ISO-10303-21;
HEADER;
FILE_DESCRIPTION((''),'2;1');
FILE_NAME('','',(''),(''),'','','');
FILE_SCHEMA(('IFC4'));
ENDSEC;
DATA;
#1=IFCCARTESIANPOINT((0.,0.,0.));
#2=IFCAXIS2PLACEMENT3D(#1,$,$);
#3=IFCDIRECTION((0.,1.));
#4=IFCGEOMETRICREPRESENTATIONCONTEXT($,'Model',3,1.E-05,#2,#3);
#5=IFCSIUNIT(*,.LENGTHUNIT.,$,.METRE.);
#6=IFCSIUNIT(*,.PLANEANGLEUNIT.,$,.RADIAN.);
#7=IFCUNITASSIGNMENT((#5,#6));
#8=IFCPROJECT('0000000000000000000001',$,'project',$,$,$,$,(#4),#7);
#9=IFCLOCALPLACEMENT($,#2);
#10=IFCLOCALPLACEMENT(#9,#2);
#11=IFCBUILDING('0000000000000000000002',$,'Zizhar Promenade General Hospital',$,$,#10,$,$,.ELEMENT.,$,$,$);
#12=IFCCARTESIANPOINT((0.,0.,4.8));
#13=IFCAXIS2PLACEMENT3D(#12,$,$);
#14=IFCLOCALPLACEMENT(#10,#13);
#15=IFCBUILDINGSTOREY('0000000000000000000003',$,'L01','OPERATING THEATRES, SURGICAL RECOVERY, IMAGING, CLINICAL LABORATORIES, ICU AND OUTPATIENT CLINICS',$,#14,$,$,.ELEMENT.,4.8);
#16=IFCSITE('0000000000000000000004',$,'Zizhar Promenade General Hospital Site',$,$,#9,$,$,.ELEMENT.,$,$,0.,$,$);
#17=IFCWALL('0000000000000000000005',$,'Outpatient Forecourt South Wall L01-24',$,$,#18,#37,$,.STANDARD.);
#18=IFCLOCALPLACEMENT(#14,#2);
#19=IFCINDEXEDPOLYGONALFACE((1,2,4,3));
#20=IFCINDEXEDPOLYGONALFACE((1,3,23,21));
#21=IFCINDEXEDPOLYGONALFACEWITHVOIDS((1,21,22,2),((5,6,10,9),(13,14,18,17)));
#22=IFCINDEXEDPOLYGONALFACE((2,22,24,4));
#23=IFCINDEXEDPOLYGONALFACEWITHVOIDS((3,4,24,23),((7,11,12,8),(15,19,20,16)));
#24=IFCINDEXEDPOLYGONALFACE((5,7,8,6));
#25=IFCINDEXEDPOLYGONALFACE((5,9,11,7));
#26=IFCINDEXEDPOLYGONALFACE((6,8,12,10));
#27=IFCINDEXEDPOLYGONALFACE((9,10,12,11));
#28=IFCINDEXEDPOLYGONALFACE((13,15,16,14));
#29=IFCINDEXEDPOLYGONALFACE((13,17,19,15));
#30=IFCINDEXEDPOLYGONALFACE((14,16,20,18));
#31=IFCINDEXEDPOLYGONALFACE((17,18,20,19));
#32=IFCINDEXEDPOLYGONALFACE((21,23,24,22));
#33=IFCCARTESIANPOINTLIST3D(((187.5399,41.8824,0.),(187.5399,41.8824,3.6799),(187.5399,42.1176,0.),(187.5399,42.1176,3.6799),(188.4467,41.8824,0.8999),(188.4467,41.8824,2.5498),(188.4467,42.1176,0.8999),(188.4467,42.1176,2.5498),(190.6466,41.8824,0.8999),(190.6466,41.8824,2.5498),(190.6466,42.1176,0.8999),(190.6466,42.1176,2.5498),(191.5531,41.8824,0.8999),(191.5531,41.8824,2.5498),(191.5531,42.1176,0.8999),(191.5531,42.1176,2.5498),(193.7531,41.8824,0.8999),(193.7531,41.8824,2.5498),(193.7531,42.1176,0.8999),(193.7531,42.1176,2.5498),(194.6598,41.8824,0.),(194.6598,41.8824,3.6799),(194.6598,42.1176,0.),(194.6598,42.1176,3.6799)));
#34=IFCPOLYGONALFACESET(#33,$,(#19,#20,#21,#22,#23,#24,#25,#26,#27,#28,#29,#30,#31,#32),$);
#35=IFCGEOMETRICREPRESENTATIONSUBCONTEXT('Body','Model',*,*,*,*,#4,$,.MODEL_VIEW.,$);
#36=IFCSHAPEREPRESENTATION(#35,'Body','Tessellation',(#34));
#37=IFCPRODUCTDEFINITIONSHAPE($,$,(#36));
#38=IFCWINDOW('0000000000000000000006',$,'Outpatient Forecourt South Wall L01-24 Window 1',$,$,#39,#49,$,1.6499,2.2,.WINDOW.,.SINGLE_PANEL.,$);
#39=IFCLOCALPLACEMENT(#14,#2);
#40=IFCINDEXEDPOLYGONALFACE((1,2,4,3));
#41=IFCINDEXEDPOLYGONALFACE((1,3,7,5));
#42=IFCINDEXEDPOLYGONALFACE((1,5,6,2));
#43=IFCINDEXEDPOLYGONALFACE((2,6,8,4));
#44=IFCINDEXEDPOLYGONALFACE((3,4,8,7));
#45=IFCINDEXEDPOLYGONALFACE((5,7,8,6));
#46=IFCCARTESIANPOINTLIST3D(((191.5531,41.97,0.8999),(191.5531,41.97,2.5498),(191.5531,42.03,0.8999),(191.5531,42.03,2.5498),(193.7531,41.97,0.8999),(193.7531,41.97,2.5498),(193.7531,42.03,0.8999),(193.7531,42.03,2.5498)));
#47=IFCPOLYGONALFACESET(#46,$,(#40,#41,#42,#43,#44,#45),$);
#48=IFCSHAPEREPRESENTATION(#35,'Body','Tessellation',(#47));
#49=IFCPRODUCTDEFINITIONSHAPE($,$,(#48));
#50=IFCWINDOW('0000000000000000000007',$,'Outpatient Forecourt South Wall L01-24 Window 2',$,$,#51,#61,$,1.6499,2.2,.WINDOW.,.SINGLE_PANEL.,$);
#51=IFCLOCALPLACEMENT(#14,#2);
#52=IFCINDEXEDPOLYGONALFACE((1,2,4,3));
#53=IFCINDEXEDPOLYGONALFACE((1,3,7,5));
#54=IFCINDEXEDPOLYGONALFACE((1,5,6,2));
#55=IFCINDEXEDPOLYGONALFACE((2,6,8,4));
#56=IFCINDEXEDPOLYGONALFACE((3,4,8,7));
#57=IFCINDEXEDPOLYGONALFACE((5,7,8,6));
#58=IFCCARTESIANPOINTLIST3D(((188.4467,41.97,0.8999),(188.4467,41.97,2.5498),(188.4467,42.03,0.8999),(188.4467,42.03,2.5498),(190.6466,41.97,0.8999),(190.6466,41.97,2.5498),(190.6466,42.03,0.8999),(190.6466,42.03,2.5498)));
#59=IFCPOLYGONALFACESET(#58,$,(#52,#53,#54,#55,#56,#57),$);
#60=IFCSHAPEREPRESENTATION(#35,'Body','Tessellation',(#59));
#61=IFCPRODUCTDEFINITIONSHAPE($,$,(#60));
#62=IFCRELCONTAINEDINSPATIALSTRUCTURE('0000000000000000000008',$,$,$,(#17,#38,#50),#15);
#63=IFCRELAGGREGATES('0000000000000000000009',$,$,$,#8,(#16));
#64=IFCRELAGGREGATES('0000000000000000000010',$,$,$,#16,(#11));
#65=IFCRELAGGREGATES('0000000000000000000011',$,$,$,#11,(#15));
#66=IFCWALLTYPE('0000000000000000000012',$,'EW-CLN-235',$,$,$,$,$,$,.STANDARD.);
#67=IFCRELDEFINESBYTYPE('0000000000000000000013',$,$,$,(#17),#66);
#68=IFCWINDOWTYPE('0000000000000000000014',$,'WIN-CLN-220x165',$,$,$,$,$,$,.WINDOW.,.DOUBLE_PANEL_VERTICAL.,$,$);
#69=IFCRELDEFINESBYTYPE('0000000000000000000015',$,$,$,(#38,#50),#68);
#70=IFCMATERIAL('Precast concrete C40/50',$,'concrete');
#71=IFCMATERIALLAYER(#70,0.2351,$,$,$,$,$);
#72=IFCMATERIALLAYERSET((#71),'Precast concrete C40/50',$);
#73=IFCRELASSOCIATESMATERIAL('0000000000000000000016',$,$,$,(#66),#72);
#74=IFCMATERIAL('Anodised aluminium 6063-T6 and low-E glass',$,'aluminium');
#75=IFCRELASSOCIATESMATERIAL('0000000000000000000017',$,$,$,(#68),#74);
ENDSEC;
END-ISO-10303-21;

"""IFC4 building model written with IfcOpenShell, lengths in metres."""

from ifc_helpers import new_model, si_unit, direction, frame, frame_2d, origin, place, context, subcontext, project, spatial, rectangle, extrude, material, layer, layer_set, type_object, element, fill, save


model = new_model("IFC4")

# Units and contexts
model_context = context("Model", 3, precision=1e-05, world=origin(), true_north=direction((0.0, 1.0)))
body_context = subcontext(model_context, "Body", "Model", "MODEL_VIEW")
ifc_project = project(units=[si_unit("LENGTHUNIT", "METRE"), si_unit("PLANEANGLEUNIT", "RADIAN")], contexts=[model_context])

# Site, building, storey
site_placement = place(None, origin())
site = spatial("IfcSite", under=ifc_project, at=site_placement, Name="Zizhar Promenade General Hospital Site", CompositionType="ELEMENT", RefElevation=0.0)
building_placement = place(site_placement, origin())
building = spatial("IfcBuilding", under=site, at=building_placement, Name="Zizhar Promenade General Hospital", CompositionType="ELEMENT")
storey_placement = place(building_placement, frame((0.0, 0.0, 4.8)))
storey = spatial("IfcBuildingStorey", under=building, at=storey_placement, Name="L01", Description="OPERATING THEATRES, SURGICAL RECOVERY, IMAGING, CLINICAL LABORATORIES, ICU AND OUTPATIENT CLINICS", CompositionType="ELEMENT", Elevation=4.8)

# Wall, openings, windows
ifc_material_1 = material(Name="Precast concrete C40/50", Category="concrete")
ifc_layer_1 = layer(ifc_material_1, 0.2351)
ifc_layer_set_1 = layer_set([ifc_layer_1], Name="Precast concrete C40/50")
wall_type = type_object("IfcWallType", Name="EW-CLN-235", PredefinedType="STANDARD", material=ifc_layer_set_1)
wall_placement = place(storey_placement, frame((194.6599, 42.0, 0.0), z_axis=(0.0, 0.0, 1.0), x_axis=(-1.0, 0.0, 0.0)))
wall = element("IfcWall", 1, at=wall_placement, inside=storey, type_object=wall_type, Name="Outpatient Forecourt South Wall L01-24", PredefinedType="STANDARD", context=body_context, shape_type="SweptSolid", body=[
    extrude(rectangle(XDim=7.1199, YDim=0.2351, at=frame_2d((3.5601, 0.0))), origin(), (0.0, 0.0, 1.0), 3.6799),
])
opening_1_placement = place(wall_placement, frame((0.9067, 0.0, 0.8999)))
opening_1 = element("IfcOpeningElement", 2, at=opening_1_placement, cuts=wall, PredefinedType="OPENING", context=body_context, shape_type="SweptSolid", body=[
    extrude(rectangle(XDim=2.2, YDim=1.6499, at=frame_2d((1.1001, 0.825))), frame((0.0, 0.1274, 0.0), z_axis=(0.0, -1.0, 0.0), x_axis=(1.0, 0.0, 0.0)), (0.0, 0.0, 1.0), 0.2551),
])
opening_2_placement = place(wall_placement, frame((4.0132, 0.0, 0.8999)))
opening_2 = element("IfcOpeningElement", 3, at=opening_2_placement, cuts=wall, PredefinedType="OPENING", context=body_context, shape_type="SweptSolid", body=[
    extrude(rectangle(XDim=2.2, YDim=1.6499, at=frame_2d((1.1001, 0.825))), frame((0.0, 0.1274, 0.0), z_axis=(0.0, -1.0, 0.0), x_axis=(1.0, 0.0, 0.0)), (0.0, 0.0, 1.0), 0.2551),
])
ifc_material_2 = material(Name="Anodised aluminium 6063-T6 and low-E glass", Category="aluminium")
window_type = type_object("IfcWindowType", Name="WIN-CLN-220x165", PartitioningType="DOUBLE_PANEL_VERTICAL", PredefinedType="WINDOW", material=ifc_material_2)
window_1_placement = place(opening_1_placement, origin())
window_1 = element("IfcWindow", 4, at=window_1_placement, inside=storey, type_object=window_type, Name="Outpatient Forecourt South Wall L01-24 Window 1", OverallHeight=1.6499, OverallWidth=2.2, PartitioningType="SINGLE_PANEL", PredefinedType="WINDOW", context=body_context, shape_type="SweptSolid", body=[
    extrude(rectangle(XDim=2.2, YDim=1.6499, at=frame_2d((1.1001, 0.825))), frame((0.0, 0.03, 0.0), z_axis=(0.0, -1.0, 0.0), x_axis=(1.0, 0.0, 0.0)), (0.0, 0.0, 1.0), 0.0601),
])
fill(opening_1, window_1)
window_2_placement = place(opening_2_placement, origin())
window_2 = element("IfcWindow", 5, at=window_2_placement, inside=storey, type_object=window_type, Name="Outpatient Forecourt South Wall L01-24 Window 2", OverallHeight=1.6499, OverallWidth=2.2, PartitioningType="SINGLE_PANEL", PredefinedType="WINDOW", context=body_context, shape_type="SweptSolid", body=[
    extrude(rectangle(XDim=2.2, YDim=1.6499, at=frame_2d((1.1001, 0.825))), frame((0.0, 0.03, 0.0), z_axis=(0.0, -1.0, 0.0), x_axis=(1.0, 0.0, 0.0)), (0.0, 0.0, 1.0), 0.0601),
])
fill(opening_2, window_2)

save(model, "model.ifc")
